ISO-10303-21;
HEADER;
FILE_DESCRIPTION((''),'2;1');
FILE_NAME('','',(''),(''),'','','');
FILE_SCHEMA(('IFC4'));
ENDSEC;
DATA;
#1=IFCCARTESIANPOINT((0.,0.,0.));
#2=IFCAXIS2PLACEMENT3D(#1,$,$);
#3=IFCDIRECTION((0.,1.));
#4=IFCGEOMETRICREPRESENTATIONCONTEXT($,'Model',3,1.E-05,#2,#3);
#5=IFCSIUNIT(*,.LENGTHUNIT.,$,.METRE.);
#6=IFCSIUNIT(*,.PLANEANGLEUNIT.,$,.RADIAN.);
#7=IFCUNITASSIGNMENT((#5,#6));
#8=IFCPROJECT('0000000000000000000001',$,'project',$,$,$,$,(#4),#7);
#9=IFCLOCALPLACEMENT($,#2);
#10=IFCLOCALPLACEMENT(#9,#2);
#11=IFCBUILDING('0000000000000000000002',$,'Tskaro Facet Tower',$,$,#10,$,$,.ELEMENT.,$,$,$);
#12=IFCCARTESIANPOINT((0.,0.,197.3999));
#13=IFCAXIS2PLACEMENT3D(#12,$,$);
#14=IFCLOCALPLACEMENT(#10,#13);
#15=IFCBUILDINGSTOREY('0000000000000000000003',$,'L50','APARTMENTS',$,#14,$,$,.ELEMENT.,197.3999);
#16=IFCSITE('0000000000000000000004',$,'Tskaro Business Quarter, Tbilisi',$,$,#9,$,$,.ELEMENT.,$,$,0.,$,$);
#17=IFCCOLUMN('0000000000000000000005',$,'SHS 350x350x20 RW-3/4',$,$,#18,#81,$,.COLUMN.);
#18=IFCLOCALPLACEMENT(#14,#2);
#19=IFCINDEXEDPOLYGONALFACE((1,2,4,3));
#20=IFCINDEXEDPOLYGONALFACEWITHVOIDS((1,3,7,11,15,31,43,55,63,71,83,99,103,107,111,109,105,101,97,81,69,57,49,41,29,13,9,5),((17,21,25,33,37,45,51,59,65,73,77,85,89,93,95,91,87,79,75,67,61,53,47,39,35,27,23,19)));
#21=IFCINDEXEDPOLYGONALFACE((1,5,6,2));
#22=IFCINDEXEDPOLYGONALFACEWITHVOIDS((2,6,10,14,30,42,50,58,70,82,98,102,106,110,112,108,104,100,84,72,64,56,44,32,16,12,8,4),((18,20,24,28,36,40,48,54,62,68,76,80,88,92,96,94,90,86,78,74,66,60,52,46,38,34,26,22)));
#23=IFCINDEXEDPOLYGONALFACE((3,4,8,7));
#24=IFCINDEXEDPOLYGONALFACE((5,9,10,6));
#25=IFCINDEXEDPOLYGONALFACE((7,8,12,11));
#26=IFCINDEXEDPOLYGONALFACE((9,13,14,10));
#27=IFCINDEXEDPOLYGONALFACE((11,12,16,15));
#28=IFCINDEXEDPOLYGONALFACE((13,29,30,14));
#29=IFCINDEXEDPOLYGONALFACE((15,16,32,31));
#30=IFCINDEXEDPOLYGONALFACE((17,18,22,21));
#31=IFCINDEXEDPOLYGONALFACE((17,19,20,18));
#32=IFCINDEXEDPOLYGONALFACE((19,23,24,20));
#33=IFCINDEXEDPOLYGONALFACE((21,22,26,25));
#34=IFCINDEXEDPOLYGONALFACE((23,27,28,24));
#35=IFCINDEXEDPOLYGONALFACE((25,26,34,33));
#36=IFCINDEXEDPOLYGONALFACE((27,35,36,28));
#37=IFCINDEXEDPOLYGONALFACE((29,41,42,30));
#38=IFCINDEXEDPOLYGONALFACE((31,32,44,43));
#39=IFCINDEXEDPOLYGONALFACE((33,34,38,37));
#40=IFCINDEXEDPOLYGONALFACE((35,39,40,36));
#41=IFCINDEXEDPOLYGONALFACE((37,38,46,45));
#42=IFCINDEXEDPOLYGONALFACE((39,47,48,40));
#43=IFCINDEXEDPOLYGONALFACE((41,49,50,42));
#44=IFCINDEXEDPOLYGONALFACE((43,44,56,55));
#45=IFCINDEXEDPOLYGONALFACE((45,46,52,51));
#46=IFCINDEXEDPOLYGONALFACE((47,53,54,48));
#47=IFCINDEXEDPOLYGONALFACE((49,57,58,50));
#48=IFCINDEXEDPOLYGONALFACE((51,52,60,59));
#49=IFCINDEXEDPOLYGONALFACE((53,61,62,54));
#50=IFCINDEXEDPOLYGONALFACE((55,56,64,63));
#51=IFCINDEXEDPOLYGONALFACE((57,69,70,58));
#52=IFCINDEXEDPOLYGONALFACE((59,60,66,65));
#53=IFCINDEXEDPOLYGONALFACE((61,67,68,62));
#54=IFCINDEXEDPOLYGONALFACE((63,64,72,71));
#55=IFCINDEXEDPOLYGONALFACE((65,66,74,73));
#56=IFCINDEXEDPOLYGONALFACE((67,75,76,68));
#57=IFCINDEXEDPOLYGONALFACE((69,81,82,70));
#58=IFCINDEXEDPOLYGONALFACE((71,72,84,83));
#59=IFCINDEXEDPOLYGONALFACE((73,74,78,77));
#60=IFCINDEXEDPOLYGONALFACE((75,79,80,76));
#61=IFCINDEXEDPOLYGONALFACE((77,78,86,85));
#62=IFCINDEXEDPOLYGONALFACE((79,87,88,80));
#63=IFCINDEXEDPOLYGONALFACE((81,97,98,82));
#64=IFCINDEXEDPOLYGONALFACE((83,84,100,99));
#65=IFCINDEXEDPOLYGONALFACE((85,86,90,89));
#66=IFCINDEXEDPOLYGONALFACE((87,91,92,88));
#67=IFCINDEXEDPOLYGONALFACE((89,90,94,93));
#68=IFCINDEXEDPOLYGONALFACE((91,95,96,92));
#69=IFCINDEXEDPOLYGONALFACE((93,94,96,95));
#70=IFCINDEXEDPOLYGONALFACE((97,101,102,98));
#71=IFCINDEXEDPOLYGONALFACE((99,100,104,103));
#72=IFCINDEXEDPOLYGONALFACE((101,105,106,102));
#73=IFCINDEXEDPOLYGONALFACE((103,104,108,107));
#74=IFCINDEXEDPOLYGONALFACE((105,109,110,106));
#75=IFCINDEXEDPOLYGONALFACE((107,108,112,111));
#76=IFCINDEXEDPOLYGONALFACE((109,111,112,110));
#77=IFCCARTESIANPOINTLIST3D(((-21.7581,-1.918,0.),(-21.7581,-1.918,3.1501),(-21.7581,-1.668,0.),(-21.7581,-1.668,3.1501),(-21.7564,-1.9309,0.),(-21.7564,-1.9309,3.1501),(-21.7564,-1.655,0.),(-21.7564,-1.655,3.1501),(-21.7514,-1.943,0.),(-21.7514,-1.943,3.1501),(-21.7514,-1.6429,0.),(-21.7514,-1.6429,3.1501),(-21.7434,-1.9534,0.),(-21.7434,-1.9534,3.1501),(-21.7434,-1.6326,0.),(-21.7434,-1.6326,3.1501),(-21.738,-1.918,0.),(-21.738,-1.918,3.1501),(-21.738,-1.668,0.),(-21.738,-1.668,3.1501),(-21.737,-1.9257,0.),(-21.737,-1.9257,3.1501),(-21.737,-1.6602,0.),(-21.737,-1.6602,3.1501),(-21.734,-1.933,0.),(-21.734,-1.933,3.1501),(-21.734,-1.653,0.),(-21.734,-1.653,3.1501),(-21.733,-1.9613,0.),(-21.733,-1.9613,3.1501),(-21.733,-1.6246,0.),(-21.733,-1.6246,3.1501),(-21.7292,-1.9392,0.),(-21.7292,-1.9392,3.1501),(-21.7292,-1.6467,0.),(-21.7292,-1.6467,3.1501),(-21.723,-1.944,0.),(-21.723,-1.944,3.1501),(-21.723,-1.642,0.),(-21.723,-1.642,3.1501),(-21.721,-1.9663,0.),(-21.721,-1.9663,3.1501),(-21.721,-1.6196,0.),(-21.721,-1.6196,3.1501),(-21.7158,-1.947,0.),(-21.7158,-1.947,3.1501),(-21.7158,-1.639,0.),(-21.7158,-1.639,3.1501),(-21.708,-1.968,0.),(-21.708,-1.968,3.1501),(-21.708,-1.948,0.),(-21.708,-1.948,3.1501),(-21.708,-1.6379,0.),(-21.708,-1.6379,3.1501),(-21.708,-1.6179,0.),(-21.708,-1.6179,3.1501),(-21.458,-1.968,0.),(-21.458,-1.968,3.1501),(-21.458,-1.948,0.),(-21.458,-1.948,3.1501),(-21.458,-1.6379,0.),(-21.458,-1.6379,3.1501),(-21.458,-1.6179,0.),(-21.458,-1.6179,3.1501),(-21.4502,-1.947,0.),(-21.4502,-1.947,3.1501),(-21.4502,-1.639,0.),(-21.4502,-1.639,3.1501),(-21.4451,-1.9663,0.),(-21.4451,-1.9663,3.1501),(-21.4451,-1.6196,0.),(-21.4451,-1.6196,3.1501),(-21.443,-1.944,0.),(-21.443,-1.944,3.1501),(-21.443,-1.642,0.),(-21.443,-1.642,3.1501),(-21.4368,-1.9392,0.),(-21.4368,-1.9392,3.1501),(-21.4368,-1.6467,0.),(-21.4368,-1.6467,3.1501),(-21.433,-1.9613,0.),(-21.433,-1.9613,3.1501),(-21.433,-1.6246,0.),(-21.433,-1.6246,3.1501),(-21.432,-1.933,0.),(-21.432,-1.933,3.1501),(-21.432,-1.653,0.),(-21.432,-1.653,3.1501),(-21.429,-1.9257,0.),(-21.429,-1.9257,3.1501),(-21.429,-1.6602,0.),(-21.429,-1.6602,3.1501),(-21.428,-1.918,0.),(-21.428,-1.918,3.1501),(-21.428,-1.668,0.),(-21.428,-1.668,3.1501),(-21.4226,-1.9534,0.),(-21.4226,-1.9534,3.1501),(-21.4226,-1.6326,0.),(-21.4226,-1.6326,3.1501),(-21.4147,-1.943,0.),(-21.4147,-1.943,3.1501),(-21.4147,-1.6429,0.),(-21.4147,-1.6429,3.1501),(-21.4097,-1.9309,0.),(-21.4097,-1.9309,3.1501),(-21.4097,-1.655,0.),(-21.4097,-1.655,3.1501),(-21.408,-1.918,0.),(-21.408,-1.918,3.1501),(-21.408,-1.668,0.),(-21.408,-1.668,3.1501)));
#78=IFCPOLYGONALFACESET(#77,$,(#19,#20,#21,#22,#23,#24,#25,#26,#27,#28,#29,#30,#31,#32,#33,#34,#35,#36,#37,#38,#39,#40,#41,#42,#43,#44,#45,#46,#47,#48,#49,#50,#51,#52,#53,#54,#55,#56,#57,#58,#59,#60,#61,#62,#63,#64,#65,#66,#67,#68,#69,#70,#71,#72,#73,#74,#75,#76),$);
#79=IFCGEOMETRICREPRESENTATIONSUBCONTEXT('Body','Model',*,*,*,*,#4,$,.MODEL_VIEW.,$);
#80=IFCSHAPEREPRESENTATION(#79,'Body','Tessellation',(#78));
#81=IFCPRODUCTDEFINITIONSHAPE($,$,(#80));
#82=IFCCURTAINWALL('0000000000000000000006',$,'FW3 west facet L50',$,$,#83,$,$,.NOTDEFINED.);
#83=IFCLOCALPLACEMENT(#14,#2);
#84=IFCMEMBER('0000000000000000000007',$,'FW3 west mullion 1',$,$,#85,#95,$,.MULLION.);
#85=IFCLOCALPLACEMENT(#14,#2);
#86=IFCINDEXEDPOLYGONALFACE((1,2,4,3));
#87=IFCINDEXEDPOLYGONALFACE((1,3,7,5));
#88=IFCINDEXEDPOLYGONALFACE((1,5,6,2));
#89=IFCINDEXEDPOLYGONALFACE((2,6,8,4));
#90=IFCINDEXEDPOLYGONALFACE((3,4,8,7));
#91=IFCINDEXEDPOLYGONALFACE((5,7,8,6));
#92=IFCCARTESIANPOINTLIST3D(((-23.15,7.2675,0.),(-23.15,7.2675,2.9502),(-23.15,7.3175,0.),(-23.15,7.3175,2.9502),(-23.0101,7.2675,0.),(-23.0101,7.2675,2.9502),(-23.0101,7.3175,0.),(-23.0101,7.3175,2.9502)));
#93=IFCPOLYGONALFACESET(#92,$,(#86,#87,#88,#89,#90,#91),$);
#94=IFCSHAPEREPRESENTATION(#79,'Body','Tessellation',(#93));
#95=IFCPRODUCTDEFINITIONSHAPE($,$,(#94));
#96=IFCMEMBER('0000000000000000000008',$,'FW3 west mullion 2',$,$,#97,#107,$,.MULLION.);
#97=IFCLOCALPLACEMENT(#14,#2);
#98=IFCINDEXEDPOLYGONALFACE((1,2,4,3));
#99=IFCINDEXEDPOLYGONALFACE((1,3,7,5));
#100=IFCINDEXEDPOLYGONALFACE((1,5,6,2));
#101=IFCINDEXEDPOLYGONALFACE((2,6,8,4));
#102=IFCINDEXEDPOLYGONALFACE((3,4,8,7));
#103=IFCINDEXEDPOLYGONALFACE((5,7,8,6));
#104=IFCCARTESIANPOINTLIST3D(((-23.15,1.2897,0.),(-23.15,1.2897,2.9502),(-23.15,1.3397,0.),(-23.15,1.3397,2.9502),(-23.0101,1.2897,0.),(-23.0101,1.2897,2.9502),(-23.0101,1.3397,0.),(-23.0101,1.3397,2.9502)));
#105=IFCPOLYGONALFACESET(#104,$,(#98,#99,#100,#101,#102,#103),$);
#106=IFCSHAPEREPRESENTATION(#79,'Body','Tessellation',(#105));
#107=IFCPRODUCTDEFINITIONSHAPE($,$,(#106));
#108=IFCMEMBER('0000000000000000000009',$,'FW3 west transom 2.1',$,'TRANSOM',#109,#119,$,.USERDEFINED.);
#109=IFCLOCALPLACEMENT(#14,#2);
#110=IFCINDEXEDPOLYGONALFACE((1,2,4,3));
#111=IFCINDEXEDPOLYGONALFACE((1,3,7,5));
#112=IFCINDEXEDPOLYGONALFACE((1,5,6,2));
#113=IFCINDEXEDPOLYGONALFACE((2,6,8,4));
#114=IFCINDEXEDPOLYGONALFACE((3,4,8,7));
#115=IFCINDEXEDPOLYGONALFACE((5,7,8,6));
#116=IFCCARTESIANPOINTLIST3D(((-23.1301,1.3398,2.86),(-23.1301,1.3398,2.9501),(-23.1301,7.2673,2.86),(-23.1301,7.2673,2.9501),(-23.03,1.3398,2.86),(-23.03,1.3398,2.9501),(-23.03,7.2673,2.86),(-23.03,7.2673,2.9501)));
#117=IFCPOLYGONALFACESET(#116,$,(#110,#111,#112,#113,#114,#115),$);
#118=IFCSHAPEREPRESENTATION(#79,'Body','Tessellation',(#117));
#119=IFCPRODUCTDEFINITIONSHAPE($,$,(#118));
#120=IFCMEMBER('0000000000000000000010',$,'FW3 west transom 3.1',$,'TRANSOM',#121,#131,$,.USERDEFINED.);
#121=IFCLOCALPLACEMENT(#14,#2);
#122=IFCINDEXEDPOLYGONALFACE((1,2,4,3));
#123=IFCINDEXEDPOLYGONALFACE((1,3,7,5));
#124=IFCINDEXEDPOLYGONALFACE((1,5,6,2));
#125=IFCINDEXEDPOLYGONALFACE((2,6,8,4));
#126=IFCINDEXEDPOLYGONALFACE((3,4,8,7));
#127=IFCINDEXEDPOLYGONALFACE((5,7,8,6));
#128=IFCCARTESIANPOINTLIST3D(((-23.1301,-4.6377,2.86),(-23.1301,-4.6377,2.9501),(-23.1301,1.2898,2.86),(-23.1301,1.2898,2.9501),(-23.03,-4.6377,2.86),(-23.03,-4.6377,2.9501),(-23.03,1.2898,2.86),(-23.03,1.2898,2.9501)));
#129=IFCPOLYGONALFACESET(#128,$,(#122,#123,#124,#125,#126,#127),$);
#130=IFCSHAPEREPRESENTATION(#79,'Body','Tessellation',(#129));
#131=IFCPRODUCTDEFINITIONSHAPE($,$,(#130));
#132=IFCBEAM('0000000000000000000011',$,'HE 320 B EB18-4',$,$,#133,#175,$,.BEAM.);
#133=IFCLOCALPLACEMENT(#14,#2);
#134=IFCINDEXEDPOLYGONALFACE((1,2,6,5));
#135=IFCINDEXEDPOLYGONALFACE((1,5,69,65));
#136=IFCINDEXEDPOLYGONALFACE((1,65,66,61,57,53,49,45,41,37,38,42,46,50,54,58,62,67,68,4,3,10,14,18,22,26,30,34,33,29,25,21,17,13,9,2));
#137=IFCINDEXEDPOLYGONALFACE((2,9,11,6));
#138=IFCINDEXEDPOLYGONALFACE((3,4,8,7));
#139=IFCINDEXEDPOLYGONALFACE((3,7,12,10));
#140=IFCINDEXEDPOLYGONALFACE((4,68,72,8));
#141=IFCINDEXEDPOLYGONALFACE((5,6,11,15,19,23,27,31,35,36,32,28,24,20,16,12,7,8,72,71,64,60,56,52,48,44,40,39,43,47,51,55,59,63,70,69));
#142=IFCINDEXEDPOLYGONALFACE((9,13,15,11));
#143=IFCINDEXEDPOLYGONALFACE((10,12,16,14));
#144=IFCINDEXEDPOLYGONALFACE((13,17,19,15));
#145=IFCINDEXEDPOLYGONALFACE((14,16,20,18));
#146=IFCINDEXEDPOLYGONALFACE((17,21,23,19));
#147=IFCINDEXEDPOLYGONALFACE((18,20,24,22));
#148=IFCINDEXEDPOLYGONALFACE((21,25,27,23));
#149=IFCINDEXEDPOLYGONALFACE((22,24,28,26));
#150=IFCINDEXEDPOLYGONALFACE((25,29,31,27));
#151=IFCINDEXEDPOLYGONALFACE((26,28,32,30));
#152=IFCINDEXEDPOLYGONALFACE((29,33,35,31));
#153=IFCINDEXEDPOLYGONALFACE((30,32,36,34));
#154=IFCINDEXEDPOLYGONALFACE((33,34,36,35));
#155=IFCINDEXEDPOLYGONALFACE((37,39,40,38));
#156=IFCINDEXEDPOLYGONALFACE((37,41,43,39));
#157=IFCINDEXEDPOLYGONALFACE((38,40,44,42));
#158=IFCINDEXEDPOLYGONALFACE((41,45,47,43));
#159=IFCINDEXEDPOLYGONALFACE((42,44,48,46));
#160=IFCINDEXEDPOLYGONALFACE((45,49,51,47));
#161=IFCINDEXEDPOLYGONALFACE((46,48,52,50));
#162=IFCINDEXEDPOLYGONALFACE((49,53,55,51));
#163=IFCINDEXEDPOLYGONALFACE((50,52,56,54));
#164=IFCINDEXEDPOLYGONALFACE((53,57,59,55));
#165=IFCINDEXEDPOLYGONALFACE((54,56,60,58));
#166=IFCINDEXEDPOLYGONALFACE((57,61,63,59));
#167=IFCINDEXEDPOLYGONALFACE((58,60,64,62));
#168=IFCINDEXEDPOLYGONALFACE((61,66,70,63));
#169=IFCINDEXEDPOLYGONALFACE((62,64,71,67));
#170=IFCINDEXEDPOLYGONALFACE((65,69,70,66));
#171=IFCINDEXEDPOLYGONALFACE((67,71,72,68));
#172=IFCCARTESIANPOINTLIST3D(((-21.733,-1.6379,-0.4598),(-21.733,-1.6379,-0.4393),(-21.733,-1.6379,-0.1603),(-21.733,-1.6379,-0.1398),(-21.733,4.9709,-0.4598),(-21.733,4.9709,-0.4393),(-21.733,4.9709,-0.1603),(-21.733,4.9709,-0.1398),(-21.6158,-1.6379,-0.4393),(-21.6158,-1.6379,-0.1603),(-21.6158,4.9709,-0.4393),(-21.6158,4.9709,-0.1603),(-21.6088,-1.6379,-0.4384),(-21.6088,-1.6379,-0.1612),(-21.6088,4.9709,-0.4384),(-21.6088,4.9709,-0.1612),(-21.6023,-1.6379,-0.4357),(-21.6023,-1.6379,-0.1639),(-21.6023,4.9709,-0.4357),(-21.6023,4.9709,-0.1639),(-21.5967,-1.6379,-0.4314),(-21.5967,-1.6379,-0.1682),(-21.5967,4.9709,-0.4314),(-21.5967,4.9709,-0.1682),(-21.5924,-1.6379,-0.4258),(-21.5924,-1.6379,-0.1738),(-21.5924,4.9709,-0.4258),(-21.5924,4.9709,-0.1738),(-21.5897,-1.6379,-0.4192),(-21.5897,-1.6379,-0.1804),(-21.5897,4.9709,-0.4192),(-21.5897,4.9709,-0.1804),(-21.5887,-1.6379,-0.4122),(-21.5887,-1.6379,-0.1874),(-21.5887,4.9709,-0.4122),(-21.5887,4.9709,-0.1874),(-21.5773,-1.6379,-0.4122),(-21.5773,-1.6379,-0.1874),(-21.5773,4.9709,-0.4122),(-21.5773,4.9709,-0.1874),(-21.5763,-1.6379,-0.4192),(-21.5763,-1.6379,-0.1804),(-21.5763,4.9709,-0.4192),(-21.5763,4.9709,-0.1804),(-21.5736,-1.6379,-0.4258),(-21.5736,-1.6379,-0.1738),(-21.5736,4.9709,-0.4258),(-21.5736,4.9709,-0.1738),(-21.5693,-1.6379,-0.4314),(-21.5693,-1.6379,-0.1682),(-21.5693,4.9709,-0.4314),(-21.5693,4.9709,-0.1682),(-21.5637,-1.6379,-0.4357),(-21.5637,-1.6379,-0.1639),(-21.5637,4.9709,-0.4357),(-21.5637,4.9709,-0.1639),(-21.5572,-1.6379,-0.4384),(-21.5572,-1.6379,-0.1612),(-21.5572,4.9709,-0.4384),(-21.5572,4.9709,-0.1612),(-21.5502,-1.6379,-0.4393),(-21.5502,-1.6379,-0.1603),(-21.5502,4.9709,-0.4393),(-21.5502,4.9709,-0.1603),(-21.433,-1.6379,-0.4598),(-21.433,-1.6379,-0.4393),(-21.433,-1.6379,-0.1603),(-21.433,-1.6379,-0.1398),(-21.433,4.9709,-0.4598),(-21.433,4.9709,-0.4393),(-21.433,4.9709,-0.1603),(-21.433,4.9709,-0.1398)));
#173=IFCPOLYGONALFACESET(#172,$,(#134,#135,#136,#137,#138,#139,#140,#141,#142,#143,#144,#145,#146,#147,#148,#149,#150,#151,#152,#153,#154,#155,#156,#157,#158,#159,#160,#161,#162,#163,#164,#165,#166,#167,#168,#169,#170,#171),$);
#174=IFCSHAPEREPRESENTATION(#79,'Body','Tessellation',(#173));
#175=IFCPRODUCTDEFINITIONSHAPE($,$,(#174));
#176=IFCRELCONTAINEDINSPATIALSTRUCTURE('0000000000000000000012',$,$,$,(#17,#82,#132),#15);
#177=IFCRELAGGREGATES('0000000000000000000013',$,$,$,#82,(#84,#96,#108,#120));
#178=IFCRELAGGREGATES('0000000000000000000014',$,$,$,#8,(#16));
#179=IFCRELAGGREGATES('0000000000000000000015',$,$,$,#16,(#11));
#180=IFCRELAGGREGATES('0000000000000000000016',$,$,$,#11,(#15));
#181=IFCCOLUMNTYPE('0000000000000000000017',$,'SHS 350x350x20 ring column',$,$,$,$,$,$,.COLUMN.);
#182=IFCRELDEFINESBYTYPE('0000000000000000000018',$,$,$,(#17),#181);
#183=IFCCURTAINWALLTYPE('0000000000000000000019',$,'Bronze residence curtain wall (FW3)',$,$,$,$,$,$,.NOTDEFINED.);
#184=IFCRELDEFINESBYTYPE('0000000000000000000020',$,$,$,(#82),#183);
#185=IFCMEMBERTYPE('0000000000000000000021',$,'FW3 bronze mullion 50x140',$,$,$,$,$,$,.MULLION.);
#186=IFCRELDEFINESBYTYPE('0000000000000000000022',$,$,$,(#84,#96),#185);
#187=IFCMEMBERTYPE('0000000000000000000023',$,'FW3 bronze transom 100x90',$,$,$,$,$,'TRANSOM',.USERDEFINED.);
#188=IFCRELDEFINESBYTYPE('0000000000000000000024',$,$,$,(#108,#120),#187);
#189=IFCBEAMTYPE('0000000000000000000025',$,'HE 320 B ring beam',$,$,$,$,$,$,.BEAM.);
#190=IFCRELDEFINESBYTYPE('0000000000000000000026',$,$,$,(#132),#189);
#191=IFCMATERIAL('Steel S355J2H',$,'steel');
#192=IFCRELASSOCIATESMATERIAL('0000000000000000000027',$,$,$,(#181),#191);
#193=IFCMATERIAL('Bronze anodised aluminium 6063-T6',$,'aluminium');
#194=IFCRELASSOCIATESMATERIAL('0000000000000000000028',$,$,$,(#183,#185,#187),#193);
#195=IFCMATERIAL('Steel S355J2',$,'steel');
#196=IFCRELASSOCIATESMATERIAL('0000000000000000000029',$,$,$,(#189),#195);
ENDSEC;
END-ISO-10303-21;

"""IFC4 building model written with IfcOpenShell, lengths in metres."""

from ifc_helpers import new_model, si_unit, direction, frame, origin, origin_2d, place, context, subcontext, project, spatial, rectangle, hollow_rectangle, i_section, extrude, material, material_profile, profile_set, type_object, element, aggregate, save


model = new_model("IFC4")

# Units and contexts
model_context = context("Model", 3, precision=1e-05, world=origin(), true_north=direction((0.0, 1.0)))
body_context = subcontext(model_context, "Body", "Model", "MODEL_VIEW")
ifc_project = project(units=[si_unit("LENGTHUNIT", "METRE"), si_unit("PLANEANGLEUNIT", "RADIAN")], contexts=[model_context])

# Site, building, storey
site_placement = place(None, origin())
site = spatial("IfcSite", under=ifc_project, at=site_placement, Name="Tskaro Business Quarter, Tbilisi", CompositionType="ELEMENT", RefElevation=0.0)
building_placement = place(site_placement, origin())
building = spatial("IfcBuilding", under=site, at=building_placement, Name="Tskaro Facet Tower", CompositionType="ELEMENT")
storey_placement = place(building_placement, frame((0.0, 0.0, 197.3999)))
storey = spatial("IfcBuildingStorey", under=building, at=storey_placement, Name="L50", Description="APARTMENTS", CompositionType="ELEMENT", Elevation=197.3999)

# Column
ifc_material_1 = material(Name="Steel S355J2H", Category="steel")
ifc_material_profile_1 = material_profile(ifc_material_1, hollow_rectangle(XDim=0.3501, YDim=0.3501, WallThickness=0.02, InnerFilletRadius=0.03, OuterFilletRadius=0.05, at=origin_2d()), Name="SHS 350x350x20")
ifc_profile_set_1 = profile_set([ifc_material_profile_1], Name="Steel S355J2H")
column_type_1 = type_object("IfcColumnType", Name="SHS 350x350x20 ring column", PredefinedType="COLUMN", material=ifc_profile_set_1)
for number, where, z_axis, x_axis, name in (
    (1, (-21.583, -1.793, 0.0), (0.0, 0.0, 1.0), (1.0, 0.0, 0.0), "SHS 350x350x20 RW-3/4"),
):
    element("IfcColumn", number, at=place(storey_placement, frame(where, z_axis=z_axis, x_axis=x_axis)), inside=storey, type_object=column_type_1, Name=name, PredefinedType="COLUMN", context=body_context, shape_type="SweptSolid", body=[
        extrude(hollow_rectangle(XDim=0.3501, YDim=0.3501, WallThickness=0.02, InnerFilletRadius=0.03, OuterFilletRadius=0.05, at=origin_2d()), origin(), (0.0, 0.0, 1.0), 3.1501),
    ])

# Curtain wall, members
ifc_material_2 = material(Name="Bronze anodised aluminium 6063-T6", Category="aluminium")
curtain_wall_type = type_object("IfcCurtainWallType", Name="Bronze residence curtain wall (FW3)", PredefinedType="NOTDEFINED", material=ifc_material_2)
curtain_wall_placement = place(storey_placement, origin())
curtain_wall = element("IfcCurtainWall", 2, at=curtain_wall_placement, inside=storey, type_object=curtain_wall_type, Name="FW3 west facet L50", PredefinedType="NOTDEFINED")
ifc_material_profile_2 = material_profile(ifc_material_2, rectangle(XDim=0.05, YDim=0.1399, at=origin_2d()), Name="Mullion 50x140")
ifc_profile_set_2 = profile_set([ifc_material_profile_2], Name="Bronze anodised aluminium 6063-T6")
member_type_1 = type_object("IfcMemberType", Name="FW3 bronze mullion 50x140", PredefinedType="MULLION", material=ifc_profile_set_2)
member_1_placement = place(storey_placement, frame((-23.0801, 7.2925, 0.0), z_axis=(0.0, 0.0, 1.0), x_axis=(0.0, -1.0, 0.0)))
member_1 = element("IfcMember", 3, at=member_1_placement, type_object=member_type_1, Name="FW3 west mullion 1", PredefinedType="MULLION", context=body_context, shape_type="SweptSolid", body=[
    extrude(rectangle(XDim=0.05, YDim=0.1399, at=origin_2d()), origin(), (0.0, 0.0, 1.0), 2.9502),
])
member_2_placement = place(storey_placement, frame((-23.0801, 1.3147, 0.0), z_axis=(0.0, 0.0, 1.0), x_axis=(0.0, -1.0, 0.0)))
member_2 = element("IfcMember", 4, at=member_2_placement, type_object=member_type_1, Name="FW3 west mullion 2", PredefinedType="MULLION", context=body_context, shape_type="SweptSolid", body=[
    extrude(rectangle(XDim=0.05, YDim=0.1399, at=origin_2d()), origin(), (0.0, 0.0, 1.0), 2.9502),
])
ifc_material_profile_3 = material_profile(ifc_material_2, rectangle(XDim=0.1001, YDim=0.0901, at=origin_2d()), Name="Transom 100x90")
ifc_profile_set_3 = profile_set([ifc_material_profile_3], Name="Bronze anodised aluminium 6063-T6")
member_type_2 = type_object("IfcMemberType", Name="FW3 bronze transom 100x90", ElementType="TRANSOM", PredefinedType="USERDEFINED", material=ifc_profile_set_3)
member_3_placement = place(storey_placement, frame((-23.0801, 7.2673, 2.905), z_axis=(0.0, -1.0, 0.0), x_axis=(1.0, 0.0, 0.0)))
member_3 = element("IfcMember", 5, at=member_3_placement, type_object=member_type_2, Name="FW3 west transom 2.1", ObjectType="TRANSOM", PredefinedType="USERDEFINED", context=body_context, shape_type="SweptSolid", body=[
    extrude(rectangle(XDim=0.1001, YDim=0.0901, at=origin_2d()), origin(), (0.0, 0.0, 1.0), 5.9275),
])
member_4_placement = place(storey_placement, frame((-23.0801, 1.2898, 2.905), z_axis=(0.0, -1.0, 0.0), x_axis=(1.0, 0.0, 0.0)))
member_4 = element("IfcMember", 6, at=member_4_placement, type_object=member_type_2, Name="FW3 west transom 3.1", ObjectType="TRANSOM", PredefinedType="USERDEFINED", context=body_context, shape_type="SweptSolid", body=[
    extrude(rectangle(XDim=0.1001, YDim=0.0901, at=origin_2d()), origin(), (0.0, 0.0, 1.0), 5.9275),
])

# Beam
ifc_material_3 = material(Name="Steel S355J2", Category="steel")
ifc_material_profile_4 = material_profile(ifc_material_3, i_section(OverallWidth=0.3, OverallDepth=0.3201, WebThickness=0.0115, FlangeThickness=0.0205, FilletRadius=0.0271, at=origin_2d()), Name="HE 320 B")
ifc_profile_set_4 = profile_set([ifc_material_profile_4], Name="Steel S355J2")
beam_type_1 = type_object("IfcBeamType", Name="HE 320 B ring beam", PredefinedType="BEAM", material=ifc_profile_set_4)
beam_1_placement = place(storey_placement, frame((-21.583, 4.9709, -0.2998), z_axis=(0.0, -1.0, 0.0), x_axis=(1.0, 0.0, 0.0)))
element("IfcBeam", 7, at=beam_1_placement, inside=storey, type_object=beam_type_1, Name="HE 320 B EB18-4", PredefinedType="BEAM", context=body_context, shape_type="SweptSolid", body=[
    extrude(i_section(OverallWidth=0.3, OverallDepth=0.3201, WebThickness=0.0115, FlangeThickness=0.0205, FilletRadius=0.0271, at=origin_2d()), origin(), (0.0, 0.0, 1.0), 6.6089),
])

aggregate(curtain_wall, [member_1, member_2, member_3, member_4])

save(model, "model.ifc")
